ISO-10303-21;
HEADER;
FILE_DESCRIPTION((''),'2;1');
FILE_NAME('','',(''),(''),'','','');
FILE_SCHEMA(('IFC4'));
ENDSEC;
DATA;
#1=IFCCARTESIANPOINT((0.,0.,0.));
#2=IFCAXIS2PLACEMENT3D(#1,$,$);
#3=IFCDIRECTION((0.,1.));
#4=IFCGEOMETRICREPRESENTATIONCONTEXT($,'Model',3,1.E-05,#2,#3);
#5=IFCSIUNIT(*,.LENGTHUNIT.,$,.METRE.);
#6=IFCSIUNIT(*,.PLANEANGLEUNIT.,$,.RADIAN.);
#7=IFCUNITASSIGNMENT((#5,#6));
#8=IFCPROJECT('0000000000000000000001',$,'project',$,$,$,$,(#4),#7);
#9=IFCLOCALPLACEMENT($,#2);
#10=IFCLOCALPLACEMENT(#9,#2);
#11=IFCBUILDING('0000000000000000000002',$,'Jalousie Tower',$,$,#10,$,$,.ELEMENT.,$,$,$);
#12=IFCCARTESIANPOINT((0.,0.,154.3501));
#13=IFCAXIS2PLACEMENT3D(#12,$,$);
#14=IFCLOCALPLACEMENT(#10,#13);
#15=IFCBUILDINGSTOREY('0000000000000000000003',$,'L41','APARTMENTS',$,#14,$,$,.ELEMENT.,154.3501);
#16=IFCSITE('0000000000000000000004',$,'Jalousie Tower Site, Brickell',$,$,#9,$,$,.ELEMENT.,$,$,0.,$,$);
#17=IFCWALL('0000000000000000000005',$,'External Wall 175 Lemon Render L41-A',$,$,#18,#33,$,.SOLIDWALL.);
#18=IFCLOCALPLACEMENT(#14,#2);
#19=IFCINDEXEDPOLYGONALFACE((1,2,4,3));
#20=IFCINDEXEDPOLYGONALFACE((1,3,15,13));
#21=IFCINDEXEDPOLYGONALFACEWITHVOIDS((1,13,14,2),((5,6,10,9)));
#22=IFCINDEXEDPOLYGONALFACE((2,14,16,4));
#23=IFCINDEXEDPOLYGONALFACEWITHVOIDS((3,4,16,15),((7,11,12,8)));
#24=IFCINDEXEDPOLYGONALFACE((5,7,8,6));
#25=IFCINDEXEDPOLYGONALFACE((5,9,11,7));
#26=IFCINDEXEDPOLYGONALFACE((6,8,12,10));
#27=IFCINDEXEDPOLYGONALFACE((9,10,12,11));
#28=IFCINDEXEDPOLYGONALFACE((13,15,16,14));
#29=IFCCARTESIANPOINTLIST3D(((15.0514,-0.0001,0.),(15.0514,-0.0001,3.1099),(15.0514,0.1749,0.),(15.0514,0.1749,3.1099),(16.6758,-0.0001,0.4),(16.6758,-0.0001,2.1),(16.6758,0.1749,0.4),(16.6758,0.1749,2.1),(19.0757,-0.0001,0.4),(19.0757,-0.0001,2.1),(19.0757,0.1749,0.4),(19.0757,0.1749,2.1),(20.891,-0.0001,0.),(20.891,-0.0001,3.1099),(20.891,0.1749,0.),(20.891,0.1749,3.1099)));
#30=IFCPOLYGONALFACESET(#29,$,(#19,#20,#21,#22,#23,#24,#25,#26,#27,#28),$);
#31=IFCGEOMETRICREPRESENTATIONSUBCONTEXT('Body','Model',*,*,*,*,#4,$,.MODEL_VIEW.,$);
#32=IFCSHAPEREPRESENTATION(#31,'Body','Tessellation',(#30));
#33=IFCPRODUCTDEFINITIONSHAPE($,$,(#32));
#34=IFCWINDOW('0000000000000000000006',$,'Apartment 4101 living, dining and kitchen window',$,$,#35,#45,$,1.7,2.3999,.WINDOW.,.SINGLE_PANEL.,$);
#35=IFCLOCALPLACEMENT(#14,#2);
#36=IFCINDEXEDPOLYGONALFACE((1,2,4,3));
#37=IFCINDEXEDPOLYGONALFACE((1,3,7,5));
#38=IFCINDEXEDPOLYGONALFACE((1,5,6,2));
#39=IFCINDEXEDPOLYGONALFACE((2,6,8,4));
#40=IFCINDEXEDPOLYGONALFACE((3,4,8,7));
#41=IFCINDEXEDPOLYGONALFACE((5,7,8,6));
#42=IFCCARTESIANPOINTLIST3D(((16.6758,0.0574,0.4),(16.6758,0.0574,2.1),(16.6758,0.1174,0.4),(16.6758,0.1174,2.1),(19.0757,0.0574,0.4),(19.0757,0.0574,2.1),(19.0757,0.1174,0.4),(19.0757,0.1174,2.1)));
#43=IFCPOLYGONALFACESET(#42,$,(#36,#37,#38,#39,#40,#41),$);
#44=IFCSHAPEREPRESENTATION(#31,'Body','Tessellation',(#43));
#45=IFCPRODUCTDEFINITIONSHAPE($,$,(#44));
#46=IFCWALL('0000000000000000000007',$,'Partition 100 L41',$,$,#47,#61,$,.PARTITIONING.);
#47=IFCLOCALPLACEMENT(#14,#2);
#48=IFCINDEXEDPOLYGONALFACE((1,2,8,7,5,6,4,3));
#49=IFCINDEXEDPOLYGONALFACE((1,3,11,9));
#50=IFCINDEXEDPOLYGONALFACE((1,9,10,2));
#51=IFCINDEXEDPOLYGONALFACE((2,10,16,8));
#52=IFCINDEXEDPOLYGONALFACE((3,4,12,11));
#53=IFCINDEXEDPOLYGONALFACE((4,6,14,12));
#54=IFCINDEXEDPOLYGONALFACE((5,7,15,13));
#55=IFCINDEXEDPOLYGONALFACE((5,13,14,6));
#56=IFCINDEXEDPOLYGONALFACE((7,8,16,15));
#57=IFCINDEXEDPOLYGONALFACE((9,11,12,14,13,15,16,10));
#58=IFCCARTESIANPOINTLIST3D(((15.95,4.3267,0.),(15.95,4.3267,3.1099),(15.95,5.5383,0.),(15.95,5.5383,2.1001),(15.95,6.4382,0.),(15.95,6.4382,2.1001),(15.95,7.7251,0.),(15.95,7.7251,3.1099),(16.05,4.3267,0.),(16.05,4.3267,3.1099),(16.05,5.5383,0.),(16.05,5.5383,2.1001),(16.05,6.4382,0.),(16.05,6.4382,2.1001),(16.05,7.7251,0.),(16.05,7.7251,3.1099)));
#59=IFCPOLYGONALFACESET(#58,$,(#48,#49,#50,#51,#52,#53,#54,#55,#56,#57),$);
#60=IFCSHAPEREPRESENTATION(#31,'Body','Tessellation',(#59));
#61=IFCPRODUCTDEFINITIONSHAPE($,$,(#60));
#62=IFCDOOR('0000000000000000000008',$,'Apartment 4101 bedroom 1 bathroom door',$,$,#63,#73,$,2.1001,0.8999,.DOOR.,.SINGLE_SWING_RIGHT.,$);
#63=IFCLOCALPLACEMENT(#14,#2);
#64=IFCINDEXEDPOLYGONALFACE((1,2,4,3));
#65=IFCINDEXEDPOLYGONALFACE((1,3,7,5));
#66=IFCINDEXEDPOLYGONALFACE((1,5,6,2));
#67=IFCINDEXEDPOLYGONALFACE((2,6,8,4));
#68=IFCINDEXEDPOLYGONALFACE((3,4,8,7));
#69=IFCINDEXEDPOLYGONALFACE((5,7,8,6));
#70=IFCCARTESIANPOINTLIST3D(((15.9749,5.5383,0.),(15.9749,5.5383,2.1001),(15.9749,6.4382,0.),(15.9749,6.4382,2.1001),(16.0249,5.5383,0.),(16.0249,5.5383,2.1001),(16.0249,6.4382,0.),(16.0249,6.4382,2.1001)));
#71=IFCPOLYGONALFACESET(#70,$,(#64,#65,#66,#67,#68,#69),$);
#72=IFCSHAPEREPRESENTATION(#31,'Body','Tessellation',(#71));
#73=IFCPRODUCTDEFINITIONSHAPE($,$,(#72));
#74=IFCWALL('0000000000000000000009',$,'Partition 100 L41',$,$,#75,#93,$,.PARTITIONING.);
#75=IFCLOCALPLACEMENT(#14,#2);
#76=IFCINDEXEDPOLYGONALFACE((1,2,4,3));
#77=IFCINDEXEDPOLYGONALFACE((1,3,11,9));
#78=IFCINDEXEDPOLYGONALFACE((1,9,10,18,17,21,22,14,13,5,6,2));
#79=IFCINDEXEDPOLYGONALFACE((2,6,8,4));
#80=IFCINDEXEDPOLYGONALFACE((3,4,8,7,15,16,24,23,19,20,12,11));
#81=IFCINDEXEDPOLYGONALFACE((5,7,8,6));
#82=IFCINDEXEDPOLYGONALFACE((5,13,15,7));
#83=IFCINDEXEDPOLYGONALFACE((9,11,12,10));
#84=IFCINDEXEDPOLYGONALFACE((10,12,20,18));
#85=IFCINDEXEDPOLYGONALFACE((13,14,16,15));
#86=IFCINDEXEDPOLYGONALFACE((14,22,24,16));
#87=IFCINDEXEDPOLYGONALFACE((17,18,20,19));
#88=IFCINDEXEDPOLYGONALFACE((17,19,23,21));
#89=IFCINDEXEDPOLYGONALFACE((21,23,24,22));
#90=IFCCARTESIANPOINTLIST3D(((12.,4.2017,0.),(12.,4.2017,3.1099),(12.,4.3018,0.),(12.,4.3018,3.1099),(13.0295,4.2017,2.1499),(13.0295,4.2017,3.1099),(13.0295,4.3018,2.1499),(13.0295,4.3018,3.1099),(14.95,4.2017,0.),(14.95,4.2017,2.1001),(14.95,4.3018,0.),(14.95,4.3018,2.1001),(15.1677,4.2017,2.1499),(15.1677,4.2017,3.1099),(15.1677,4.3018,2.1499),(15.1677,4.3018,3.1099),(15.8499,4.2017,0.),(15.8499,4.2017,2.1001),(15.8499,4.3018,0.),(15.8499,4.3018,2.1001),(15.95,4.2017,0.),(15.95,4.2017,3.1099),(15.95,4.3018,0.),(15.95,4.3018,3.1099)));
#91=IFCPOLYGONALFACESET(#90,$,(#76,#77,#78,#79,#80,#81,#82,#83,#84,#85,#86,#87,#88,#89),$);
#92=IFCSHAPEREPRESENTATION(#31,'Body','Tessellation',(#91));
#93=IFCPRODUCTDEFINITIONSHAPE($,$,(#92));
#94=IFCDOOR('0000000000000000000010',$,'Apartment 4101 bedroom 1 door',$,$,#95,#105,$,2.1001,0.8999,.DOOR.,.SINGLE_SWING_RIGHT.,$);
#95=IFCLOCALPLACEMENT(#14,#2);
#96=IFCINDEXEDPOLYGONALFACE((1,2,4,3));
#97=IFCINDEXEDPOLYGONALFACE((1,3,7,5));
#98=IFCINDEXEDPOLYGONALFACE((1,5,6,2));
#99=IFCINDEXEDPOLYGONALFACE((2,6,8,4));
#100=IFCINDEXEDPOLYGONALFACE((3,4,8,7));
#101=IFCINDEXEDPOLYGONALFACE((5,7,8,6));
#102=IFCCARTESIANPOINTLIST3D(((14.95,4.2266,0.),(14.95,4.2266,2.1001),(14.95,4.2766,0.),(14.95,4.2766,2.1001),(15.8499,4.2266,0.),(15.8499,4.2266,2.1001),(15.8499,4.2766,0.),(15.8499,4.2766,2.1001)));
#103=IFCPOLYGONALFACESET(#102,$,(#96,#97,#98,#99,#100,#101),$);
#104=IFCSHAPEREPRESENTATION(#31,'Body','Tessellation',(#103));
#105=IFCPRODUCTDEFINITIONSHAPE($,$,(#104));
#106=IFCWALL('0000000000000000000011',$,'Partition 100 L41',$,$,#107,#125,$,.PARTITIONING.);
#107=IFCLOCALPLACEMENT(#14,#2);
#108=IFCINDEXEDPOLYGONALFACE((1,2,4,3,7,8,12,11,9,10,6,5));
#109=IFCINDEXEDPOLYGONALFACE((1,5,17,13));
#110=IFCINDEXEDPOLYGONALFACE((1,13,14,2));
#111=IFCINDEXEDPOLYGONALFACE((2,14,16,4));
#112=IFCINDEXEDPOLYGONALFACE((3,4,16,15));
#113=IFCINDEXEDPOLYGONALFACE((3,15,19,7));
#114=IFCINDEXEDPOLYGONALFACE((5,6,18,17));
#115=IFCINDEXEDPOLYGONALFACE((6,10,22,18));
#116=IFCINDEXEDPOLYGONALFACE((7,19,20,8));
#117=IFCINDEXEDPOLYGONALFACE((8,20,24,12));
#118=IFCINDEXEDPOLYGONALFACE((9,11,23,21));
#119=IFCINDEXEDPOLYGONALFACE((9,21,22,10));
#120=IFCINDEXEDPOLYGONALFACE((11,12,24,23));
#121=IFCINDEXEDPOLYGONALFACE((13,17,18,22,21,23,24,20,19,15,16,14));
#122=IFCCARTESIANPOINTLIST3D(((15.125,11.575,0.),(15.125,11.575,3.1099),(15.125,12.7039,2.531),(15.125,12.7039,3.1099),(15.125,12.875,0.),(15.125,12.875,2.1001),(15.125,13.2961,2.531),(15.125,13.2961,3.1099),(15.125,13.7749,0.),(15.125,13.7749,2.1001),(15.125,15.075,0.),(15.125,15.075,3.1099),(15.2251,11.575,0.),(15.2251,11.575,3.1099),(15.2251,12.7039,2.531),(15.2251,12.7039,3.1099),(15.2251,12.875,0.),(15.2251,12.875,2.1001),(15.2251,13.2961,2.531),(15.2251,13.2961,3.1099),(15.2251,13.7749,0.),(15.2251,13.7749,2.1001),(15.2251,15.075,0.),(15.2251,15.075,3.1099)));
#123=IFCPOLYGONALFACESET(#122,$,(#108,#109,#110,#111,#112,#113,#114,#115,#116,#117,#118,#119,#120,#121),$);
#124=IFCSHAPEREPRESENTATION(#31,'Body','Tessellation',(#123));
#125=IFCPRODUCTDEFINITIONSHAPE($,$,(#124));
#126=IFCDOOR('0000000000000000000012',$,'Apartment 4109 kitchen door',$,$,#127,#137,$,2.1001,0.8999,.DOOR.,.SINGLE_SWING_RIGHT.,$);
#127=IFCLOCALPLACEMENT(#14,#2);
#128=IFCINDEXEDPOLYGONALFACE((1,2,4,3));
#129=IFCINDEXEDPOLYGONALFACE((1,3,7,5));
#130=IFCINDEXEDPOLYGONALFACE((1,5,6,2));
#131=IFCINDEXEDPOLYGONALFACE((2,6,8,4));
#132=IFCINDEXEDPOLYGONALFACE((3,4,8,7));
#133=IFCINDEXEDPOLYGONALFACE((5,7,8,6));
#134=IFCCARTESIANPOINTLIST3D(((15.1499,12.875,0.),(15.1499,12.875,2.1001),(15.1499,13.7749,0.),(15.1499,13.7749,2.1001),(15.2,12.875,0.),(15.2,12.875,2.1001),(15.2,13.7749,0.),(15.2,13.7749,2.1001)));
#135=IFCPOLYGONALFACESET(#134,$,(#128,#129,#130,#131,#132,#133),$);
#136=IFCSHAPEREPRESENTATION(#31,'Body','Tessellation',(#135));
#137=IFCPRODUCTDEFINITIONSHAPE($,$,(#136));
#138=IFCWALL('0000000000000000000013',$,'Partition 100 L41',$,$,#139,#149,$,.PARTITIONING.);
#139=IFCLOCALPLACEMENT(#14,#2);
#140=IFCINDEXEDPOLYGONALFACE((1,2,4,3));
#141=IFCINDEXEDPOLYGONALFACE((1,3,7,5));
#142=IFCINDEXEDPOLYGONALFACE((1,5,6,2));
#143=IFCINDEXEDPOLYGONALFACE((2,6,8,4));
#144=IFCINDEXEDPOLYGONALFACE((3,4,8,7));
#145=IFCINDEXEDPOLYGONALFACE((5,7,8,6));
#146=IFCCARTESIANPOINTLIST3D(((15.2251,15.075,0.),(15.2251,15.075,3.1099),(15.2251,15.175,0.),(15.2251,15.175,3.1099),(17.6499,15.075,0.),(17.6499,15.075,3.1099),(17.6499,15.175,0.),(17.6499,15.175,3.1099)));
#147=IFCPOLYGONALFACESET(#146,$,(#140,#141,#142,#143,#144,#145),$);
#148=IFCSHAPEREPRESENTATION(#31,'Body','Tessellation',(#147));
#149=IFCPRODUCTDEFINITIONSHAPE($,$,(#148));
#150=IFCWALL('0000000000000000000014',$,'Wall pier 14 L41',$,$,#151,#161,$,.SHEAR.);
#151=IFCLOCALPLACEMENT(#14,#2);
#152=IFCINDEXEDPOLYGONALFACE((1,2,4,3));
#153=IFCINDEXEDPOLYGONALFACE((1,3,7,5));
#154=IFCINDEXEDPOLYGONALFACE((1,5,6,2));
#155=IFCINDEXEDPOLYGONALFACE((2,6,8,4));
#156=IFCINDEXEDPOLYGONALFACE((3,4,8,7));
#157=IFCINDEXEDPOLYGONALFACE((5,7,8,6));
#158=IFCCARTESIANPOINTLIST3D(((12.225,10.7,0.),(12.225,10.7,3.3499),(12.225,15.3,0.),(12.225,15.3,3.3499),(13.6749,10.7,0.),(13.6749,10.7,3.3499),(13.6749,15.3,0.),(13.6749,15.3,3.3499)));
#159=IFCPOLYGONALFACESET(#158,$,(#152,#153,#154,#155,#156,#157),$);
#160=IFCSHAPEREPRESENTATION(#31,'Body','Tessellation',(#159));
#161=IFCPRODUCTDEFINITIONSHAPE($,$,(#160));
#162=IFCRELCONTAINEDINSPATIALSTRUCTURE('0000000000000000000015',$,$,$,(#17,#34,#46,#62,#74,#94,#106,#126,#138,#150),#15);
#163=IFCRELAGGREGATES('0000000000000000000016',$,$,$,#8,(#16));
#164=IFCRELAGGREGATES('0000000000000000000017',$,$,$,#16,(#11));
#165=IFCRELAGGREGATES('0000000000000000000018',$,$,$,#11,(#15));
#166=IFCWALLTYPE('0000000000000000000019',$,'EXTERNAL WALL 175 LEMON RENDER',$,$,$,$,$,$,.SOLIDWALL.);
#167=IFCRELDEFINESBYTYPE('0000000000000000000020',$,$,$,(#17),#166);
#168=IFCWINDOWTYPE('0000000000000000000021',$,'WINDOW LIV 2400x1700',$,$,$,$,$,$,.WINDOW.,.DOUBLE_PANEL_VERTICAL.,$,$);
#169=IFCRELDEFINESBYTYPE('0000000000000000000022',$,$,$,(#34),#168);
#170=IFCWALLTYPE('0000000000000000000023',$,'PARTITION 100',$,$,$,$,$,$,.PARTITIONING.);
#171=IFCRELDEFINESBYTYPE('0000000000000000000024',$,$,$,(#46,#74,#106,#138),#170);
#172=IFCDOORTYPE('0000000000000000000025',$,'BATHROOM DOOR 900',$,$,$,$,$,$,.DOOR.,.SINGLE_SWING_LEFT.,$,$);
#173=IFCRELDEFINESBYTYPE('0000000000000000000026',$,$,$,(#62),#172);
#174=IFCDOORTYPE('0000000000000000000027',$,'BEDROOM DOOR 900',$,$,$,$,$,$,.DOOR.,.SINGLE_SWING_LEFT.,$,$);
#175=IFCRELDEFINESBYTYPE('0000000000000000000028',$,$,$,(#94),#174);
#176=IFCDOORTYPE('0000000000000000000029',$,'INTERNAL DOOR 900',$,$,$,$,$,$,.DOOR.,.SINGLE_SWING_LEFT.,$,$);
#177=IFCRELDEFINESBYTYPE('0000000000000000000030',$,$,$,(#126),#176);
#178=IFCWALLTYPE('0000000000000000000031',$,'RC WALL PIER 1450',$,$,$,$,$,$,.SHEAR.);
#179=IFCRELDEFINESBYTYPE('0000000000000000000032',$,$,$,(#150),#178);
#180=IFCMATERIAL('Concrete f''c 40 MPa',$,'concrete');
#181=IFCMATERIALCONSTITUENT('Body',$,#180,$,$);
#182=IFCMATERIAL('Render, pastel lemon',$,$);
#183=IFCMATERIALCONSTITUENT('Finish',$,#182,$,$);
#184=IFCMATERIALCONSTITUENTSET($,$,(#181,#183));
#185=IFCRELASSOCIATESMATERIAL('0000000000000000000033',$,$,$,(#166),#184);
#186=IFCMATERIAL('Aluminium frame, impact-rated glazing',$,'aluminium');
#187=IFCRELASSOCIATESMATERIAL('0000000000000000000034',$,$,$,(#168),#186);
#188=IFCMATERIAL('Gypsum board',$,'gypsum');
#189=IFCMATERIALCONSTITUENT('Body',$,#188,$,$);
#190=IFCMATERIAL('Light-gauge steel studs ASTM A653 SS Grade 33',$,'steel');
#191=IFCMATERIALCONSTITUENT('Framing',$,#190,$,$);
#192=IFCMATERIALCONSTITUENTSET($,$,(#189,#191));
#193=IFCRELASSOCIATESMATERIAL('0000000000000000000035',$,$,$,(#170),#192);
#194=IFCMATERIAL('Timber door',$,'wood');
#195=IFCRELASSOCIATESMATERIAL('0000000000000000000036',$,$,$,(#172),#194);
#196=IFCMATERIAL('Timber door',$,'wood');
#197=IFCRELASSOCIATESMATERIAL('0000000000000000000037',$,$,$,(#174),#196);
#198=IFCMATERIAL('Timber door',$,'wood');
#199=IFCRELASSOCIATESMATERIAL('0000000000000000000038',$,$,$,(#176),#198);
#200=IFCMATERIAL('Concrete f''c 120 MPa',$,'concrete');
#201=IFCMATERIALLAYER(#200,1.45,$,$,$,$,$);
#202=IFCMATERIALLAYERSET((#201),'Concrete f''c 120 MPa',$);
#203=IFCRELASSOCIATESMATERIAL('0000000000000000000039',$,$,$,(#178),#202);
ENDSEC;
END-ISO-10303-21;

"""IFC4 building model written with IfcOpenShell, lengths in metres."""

from ifc_helpers import new_model, si_unit, direction, frame, frame_2d, origin, place, context, subcontext, project, spatial, polyline, rectangle, outline, extrude, material, layer, layer_set, constituent, constituent_set, type_object, element, fill, save


model = new_model("IFC4")

# Units and contexts
model_context = context("Model", 3, precision=1e-05, world=origin(), true_north=direction((0.0, 1.0)))
body_context = subcontext(model_context, "Body", "Model", "MODEL_VIEW")
ifc_project = project(units=[si_unit("LENGTHUNIT", "METRE"), si_unit("PLANEANGLEUNIT", "RADIAN")], contexts=[model_context])

# Site, building, storey
site_placement = place(None, origin())
site = spatial("IfcSite", under=ifc_project, at=site_placement, Name="Jalousie Tower Site, Brickell", CompositionType="ELEMENT", RefElevation=0.0)
building_placement = place(site_placement, origin())
building = spatial("IfcBuilding", under=site, at=building_placement, Name="Jalousie Tower", CompositionType="ELEMENT")
storey_placement = place(building_placement, frame((0.0, 0.0, 154.3501)))
storey = spatial("IfcBuildingStorey", under=building, at=storey_placement, Name="L41", Description="APARTMENTS", CompositionType="ELEMENT", Elevation=154.3501)

# Wall, opening, window
ifc_material_1 = material(Name="Concrete f'c 40 MPa", Category="concrete")
ifc_constituent_1 = constituent(ifc_material_1, Name="Body")
ifc_material_2 = material(Name="Render, pastel lemon")
ifc_constituent_2 = constituent(ifc_material_2, Name="Finish")
ifc_constituent_set_1 = constituent_set(constituents=[ifc_constituent_1, ifc_constituent_2])
wall_type_1 = type_object("IfcWallType", Name="EXTERNAL WALL 175 LEMON RENDER", PredefinedType="SOLIDWALL", material=ifc_constituent_set_1)
wall_1_placement = place(storey_placement, frame((15.0513, 0.0874, 0.0), z_axis=(0.0, 0.0, 1.0), x_axis=(1.0, 0.0, 0.0)))
wall_1 = element("IfcWall", 1, at=wall_1_placement, inside=storey, type_object=wall_type_1, Name="External Wall 175 Lemon Render L41-A", PredefinedType="SOLIDWALL", context=body_context, shape_type="SweptSolid", body=[
    extrude(rectangle(XDim=5.8396, YDim=0.175, at=frame_2d((2.9199, 0.0))), origin(), (0.0, 0.0, 1.0), 3.1099),
])
opening_1_placement = place(wall_1_placement, frame((1.6245, 0.0, 0.3999)))
opening_1 = element("IfcOpeningElement", 2, at=opening_1_placement, cuts=wall_1, PredefinedType="OPENING", context=body_context, shape_type="SweptSolid", body=[
    extrude(rectangle(XDim=2.3999, YDim=1.7, at=frame_2d((1.2, 0.8501))), frame((0.0, 0.0974, 0.0), z_axis=(0.0, -1.0, 0.0), x_axis=(1.0, 0.0, 0.0)), (0.0, 0.0, 1.0), 0.1951),
])
ifc_material_3 = material(Name="Aluminium frame, impact-rated glazing", Category="aluminium")
window_type = type_object("IfcWindowType", Name="WINDOW LIV 2400x1700", PartitioningType="DOUBLE_PANEL_VERTICAL", PredefinedType="WINDOW", material=ifc_material_3)
window_placement = place(opening_1_placement, origin())
window = element("IfcWindow", 3, at=window_placement, inside=storey, type_object=window_type, Name="Apartment 4101 living, dining and kitchen window", OverallHeight=1.7, OverallWidth=2.3999, PartitioningType="SINGLE_PANEL", PredefinedType="WINDOW", context=body_context, shape_type="SweptSolid", body=[
    extrude(rectangle(XDim=2.3999, YDim=1.7, at=frame_2d((1.2, 0.8501))), frame((0.0, 0.03, 0.0), z_axis=(0.0, -1.0, 0.0), x_axis=(1.0, 0.0, 0.0)), (0.0, 0.0, 1.0), 0.0601),
])
fill(opening_1, window)

# Walls, openings, doors
ifc_material_4 = material(Name="Gypsum board", Category="gypsum")
ifc_constituent_3 = constituent(ifc_material_4, Name="Body")
ifc_material_5 = material(Name="Light-gauge steel studs ASTM A653 SS Grade 33", Category="steel")
ifc_constituent_4 = constituent(ifc_material_5, Name="Framing")
ifc_constituent_set_2 = constituent_set(constituents=[ifc_constituent_3, ifc_constituent_4])
wall_type_2 = type_object("IfcWallType", Name="PARTITION 100", PredefinedType="PARTITIONING", material=ifc_constituent_set_2)
wall_2_placement = place(storey_placement, frame((16.0, 4.3267, 0.0), z_axis=(0.0, 0.0, 1.0), x_axis=(0.0, 1.0, 0.0)))
wall_2 = element("IfcWall", 4, at=wall_2_placement, inside=storey, type_object=wall_type_2, Name="Partition 100 L41", PredefinedType="PARTITIONING", context=body_context, shape_type="SweptSolid", body=[
    extrude(rectangle(XDim=3.3984, YDim=0.1001, at=frame_2d((1.6992, 0.0))), origin(), (0.0, 0.0, 1.0), 3.1099),
])
opening_2_placement = place(wall_2_placement, frame((1.2117, 0.0, 0.0)))
opening_2 = element("IfcOpeningElement", 5, at=opening_2_placement, cuts=wall_2, PredefinedType="OPENING", context=body_context, shape_type="SweptSolid", body=[
    extrude(rectangle(XDim=0.8999, YDim=2.1001, at=frame_2d((0.45, 1.05))), frame((0.0, 0.0601, 0.0), z_axis=(0.0, -1.0, 0.0), x_axis=(1.0, 0.0, 0.0)), (0.0, 0.0, 1.0), 0.1201),
])
ifc_material_6 = material(Name="Timber door", Category="wood")
door_type_1 = type_object("IfcDoorType", Name="BATHROOM DOOR 900", OperationType="SINGLE_SWING_LEFT", PredefinedType="DOOR", material=ifc_material_6)
door_1_placement = place(opening_2_placement, frame((0.8999, 0.0, 0.0), z_axis=(0.0, 0.0, 1.0), x_axis=(-1.0, 0.0, 0.0)))
door_1 = element("IfcDoor", 6, at=door_1_placement, inside=storey, type_object=door_type_1, Name="Apartment 4101 bedroom 1 bathroom door", OperationType="SINGLE_SWING_RIGHT", OverallHeight=2.1001, OverallWidth=0.8999, PredefinedType="DOOR", context=body_context, shape_type="SweptSolid", body=[
    extrude(rectangle(XDim=0.8999, YDim=2.1001, at=frame_2d((0.45, 1.05))), frame((0.0, 0.0249, 0.0), z_axis=(0.0, -1.0, 0.0), x_axis=(1.0, 0.0, 0.0)), (0.0, 0.0, 1.0), 0.05),
])
fill(opening_2, door_1)
wall_3_placement = place(storey_placement, frame((15.95, 4.2517, 0.0), z_axis=(0.0, 0.0, 1.0), x_axis=(-1.0, 0.0, 0.0)))
wall_3 = element("IfcWall", 7, at=wall_3_placement, inside=storey, type_object=wall_type_2, Name="Partition 100 L41", PredefinedType="PARTITIONING", context=body_context, shape_type="SweptSolid", body=[
    extrude(outline(polyline([(0.0, 0.0), (3.95, 0.0), (3.95, 3.1099), (2.9204, 3.1099), (2.9204, 2.1499), (0.7822, 2.1499), (0.7822, 3.1099), (0.0, 3.1099), (0.0, 0.0)])), frame((0.0, 0.05, 0.0), z_axis=(0.0, -1.0, 0.0), x_axis=(1.0, 0.0, 0.0)), (0.0, 0.0, 1.0), 0.1001),
])
opening_3_placement = place(wall_3_placement, frame((0.1001, 0.0, 0.0)))
opening_3 = element("IfcOpeningElement", 8, at=opening_3_placement, cuts=wall_3, PredefinedType="OPENING", context=body_context, shape_type="SweptSolid", body=[
    extrude(rectangle(XDim=0.8999, YDim=2.1001, at=frame_2d((0.45, 1.05))), frame((0.0, 0.0601, 0.0), z_axis=(0.0, -1.0, 0.0), x_axis=(1.0, 0.0, 0.0)), (0.0, 0.0, 1.0), 0.1201),
])
ifc_material_7 = material(Name="Timber door", Category="wood")
door_type_2 = type_object("IfcDoorType", Name="BEDROOM DOOR 900", OperationType="SINGLE_SWING_LEFT", PredefinedType="DOOR", material=ifc_material_7)
door_2_placement = place(opening_3_placement, frame((0.8999, 0.0, 0.0), z_axis=(0.0, 0.0, 1.0), x_axis=(-1.0, 0.0, 0.0)))
door_2 = element("IfcDoor", 9, at=door_2_placement, inside=storey, type_object=door_type_2, Name="Apartment 4101 bedroom 1 door", OperationType="SINGLE_SWING_RIGHT", OverallHeight=2.1001, OverallWidth=0.8999, PredefinedType="DOOR", context=body_context, shape_type="SweptSolid", body=[
    extrude(rectangle(XDim=0.8999, YDim=2.1001, at=frame_2d((0.45, 1.05))), frame((0.0, 0.0249, 0.0), z_axis=(0.0, -1.0, 0.0), x_axis=(1.0, 0.0, 0.0)), (0.0, 0.0, 1.0), 0.05),
])
fill(opening_3, door_2)
wall_4_placement = place(storey_placement, frame((15.175, 11.575, 0.0), z_axis=(0.0, 0.0, 1.0), x_axis=(0.0, 1.0, 0.0)))
wall_4 = element("IfcWall", 10, at=wall_4_placement, inside=storey, type_object=wall_type_2, Name="Partition 100 L41", PredefinedType="PARTITIONING", context=body_context, shape_type="SweptSolid", body=[
    extrude(outline(polyline([(0.0, 0.0), (3.5, 0.0), (3.5, 3.1099), (1.7212, 3.1099), (1.7212, 2.531), (1.1289, 2.531), (1.1289, 3.1099), (0.0, 3.1099), (0.0, 0.0)])), frame((0.0, 0.05, 0.0), z_axis=(0.0, -1.0, 0.0), x_axis=(1.0, 0.0, 0.0)), (0.0, 0.0, 1.0), 0.1001),
])
opening_4_placement = place(wall_4_placement, frame((1.3, 0.0, 0.0)))
opening_4 = element("IfcOpeningElement", 11, at=opening_4_placement, cuts=wall_4, PredefinedType="OPENING", context=body_context, shape_type="SweptSolid", body=[
    extrude(rectangle(XDim=0.8999, YDim=2.1001, at=frame_2d((0.45, 1.05))), frame((0.0, 0.0601, 0.0), z_axis=(0.0, -1.0, 0.0), x_axis=(1.0, 0.0, 0.0)), (0.0, 0.0, 1.0), 0.1201),
])
ifc_material_8 = material(Name="Timber door", Category="wood")
door_type_3 = type_object("IfcDoorType", Name="INTERNAL DOOR 900", OperationType="SINGLE_SWING_LEFT", PredefinedType="DOOR", material=ifc_material_8)
door_3_placement = place(opening_4_placement, frame((0.8999, 0.0, 0.0), z_axis=(0.0, 0.0, 1.0), x_axis=(-1.0, 0.0, 0.0)))
door_3 = element("IfcDoor", 12, at=door_3_placement, inside=storey, type_object=door_type_3, Name="Apartment 4109 kitchen door", OperationType="SINGLE_SWING_RIGHT", OverallHeight=2.1001, OverallWidth=0.8999, PredefinedType="DOOR", context=body_context, shape_type="SweptSolid", body=[
    extrude(rectangle(XDim=0.8999, YDim=2.1001, at=frame_2d((0.45, 1.05))), frame((0.0, 0.0249, 0.0), z_axis=(0.0, -1.0, 0.0), x_axis=(1.0, 0.0, 0.0)), (0.0, 0.0, 1.0), 0.05),
])
fill(opening_4, door_3)

# Walls
wall_5_placement = place(storey_placement, frame((15.2251, 15.125, 0.0), z_axis=(0.0, 0.0, 1.0), x_axis=(1.0, 0.0, 0.0)))
element("IfcWall", 13, at=wall_5_placement, inside=storey, type_object=wall_type_2, Name="Partition 100 L41", PredefinedType="PARTITIONING", context=body_context, shape_type="SweptSolid", body=[
    extrude(rectangle(XDim=2.4248, YDim=0.1001, at=frame_2d((1.2124, 0.0))), origin(), (0.0, 0.0, 1.0), 3.1099),
])
ifc_material_9 = material(Name="Concrete f'c 120 MPa", Category="concrete")
ifc_layer_1 = layer(ifc_material_9, 1.45)
ifc_layer_set_1 = layer_set([ifc_layer_1], Name="Concrete f'c 120 MPa")
wall_type_3 = type_object("IfcWallType", Name="RC WALL PIER 1450", PredefinedType="SHEAR", material=ifc_layer_set_1)
wall_6_placement = place(storey_placement, frame((12.95, 10.7, 0.0), z_axis=(0.0, 0.0, 1.0), x_axis=(0.0, 1.0, 0.0)))
element("IfcWall", 14, at=wall_6_placement, inside=storey, type_object=wall_type_3, Name="Wall pier 14 L41", PredefinedType="SHEAR", context=body_context, shape_type="SweptSolid", body=[
    extrude(rectangle(XDim=4.6001, YDim=1.45, at=frame_2d((2.3, 0.0))), origin(), (0.0, 0.0, 1.0), 3.3499),
])

save(model, "model.ifc")
